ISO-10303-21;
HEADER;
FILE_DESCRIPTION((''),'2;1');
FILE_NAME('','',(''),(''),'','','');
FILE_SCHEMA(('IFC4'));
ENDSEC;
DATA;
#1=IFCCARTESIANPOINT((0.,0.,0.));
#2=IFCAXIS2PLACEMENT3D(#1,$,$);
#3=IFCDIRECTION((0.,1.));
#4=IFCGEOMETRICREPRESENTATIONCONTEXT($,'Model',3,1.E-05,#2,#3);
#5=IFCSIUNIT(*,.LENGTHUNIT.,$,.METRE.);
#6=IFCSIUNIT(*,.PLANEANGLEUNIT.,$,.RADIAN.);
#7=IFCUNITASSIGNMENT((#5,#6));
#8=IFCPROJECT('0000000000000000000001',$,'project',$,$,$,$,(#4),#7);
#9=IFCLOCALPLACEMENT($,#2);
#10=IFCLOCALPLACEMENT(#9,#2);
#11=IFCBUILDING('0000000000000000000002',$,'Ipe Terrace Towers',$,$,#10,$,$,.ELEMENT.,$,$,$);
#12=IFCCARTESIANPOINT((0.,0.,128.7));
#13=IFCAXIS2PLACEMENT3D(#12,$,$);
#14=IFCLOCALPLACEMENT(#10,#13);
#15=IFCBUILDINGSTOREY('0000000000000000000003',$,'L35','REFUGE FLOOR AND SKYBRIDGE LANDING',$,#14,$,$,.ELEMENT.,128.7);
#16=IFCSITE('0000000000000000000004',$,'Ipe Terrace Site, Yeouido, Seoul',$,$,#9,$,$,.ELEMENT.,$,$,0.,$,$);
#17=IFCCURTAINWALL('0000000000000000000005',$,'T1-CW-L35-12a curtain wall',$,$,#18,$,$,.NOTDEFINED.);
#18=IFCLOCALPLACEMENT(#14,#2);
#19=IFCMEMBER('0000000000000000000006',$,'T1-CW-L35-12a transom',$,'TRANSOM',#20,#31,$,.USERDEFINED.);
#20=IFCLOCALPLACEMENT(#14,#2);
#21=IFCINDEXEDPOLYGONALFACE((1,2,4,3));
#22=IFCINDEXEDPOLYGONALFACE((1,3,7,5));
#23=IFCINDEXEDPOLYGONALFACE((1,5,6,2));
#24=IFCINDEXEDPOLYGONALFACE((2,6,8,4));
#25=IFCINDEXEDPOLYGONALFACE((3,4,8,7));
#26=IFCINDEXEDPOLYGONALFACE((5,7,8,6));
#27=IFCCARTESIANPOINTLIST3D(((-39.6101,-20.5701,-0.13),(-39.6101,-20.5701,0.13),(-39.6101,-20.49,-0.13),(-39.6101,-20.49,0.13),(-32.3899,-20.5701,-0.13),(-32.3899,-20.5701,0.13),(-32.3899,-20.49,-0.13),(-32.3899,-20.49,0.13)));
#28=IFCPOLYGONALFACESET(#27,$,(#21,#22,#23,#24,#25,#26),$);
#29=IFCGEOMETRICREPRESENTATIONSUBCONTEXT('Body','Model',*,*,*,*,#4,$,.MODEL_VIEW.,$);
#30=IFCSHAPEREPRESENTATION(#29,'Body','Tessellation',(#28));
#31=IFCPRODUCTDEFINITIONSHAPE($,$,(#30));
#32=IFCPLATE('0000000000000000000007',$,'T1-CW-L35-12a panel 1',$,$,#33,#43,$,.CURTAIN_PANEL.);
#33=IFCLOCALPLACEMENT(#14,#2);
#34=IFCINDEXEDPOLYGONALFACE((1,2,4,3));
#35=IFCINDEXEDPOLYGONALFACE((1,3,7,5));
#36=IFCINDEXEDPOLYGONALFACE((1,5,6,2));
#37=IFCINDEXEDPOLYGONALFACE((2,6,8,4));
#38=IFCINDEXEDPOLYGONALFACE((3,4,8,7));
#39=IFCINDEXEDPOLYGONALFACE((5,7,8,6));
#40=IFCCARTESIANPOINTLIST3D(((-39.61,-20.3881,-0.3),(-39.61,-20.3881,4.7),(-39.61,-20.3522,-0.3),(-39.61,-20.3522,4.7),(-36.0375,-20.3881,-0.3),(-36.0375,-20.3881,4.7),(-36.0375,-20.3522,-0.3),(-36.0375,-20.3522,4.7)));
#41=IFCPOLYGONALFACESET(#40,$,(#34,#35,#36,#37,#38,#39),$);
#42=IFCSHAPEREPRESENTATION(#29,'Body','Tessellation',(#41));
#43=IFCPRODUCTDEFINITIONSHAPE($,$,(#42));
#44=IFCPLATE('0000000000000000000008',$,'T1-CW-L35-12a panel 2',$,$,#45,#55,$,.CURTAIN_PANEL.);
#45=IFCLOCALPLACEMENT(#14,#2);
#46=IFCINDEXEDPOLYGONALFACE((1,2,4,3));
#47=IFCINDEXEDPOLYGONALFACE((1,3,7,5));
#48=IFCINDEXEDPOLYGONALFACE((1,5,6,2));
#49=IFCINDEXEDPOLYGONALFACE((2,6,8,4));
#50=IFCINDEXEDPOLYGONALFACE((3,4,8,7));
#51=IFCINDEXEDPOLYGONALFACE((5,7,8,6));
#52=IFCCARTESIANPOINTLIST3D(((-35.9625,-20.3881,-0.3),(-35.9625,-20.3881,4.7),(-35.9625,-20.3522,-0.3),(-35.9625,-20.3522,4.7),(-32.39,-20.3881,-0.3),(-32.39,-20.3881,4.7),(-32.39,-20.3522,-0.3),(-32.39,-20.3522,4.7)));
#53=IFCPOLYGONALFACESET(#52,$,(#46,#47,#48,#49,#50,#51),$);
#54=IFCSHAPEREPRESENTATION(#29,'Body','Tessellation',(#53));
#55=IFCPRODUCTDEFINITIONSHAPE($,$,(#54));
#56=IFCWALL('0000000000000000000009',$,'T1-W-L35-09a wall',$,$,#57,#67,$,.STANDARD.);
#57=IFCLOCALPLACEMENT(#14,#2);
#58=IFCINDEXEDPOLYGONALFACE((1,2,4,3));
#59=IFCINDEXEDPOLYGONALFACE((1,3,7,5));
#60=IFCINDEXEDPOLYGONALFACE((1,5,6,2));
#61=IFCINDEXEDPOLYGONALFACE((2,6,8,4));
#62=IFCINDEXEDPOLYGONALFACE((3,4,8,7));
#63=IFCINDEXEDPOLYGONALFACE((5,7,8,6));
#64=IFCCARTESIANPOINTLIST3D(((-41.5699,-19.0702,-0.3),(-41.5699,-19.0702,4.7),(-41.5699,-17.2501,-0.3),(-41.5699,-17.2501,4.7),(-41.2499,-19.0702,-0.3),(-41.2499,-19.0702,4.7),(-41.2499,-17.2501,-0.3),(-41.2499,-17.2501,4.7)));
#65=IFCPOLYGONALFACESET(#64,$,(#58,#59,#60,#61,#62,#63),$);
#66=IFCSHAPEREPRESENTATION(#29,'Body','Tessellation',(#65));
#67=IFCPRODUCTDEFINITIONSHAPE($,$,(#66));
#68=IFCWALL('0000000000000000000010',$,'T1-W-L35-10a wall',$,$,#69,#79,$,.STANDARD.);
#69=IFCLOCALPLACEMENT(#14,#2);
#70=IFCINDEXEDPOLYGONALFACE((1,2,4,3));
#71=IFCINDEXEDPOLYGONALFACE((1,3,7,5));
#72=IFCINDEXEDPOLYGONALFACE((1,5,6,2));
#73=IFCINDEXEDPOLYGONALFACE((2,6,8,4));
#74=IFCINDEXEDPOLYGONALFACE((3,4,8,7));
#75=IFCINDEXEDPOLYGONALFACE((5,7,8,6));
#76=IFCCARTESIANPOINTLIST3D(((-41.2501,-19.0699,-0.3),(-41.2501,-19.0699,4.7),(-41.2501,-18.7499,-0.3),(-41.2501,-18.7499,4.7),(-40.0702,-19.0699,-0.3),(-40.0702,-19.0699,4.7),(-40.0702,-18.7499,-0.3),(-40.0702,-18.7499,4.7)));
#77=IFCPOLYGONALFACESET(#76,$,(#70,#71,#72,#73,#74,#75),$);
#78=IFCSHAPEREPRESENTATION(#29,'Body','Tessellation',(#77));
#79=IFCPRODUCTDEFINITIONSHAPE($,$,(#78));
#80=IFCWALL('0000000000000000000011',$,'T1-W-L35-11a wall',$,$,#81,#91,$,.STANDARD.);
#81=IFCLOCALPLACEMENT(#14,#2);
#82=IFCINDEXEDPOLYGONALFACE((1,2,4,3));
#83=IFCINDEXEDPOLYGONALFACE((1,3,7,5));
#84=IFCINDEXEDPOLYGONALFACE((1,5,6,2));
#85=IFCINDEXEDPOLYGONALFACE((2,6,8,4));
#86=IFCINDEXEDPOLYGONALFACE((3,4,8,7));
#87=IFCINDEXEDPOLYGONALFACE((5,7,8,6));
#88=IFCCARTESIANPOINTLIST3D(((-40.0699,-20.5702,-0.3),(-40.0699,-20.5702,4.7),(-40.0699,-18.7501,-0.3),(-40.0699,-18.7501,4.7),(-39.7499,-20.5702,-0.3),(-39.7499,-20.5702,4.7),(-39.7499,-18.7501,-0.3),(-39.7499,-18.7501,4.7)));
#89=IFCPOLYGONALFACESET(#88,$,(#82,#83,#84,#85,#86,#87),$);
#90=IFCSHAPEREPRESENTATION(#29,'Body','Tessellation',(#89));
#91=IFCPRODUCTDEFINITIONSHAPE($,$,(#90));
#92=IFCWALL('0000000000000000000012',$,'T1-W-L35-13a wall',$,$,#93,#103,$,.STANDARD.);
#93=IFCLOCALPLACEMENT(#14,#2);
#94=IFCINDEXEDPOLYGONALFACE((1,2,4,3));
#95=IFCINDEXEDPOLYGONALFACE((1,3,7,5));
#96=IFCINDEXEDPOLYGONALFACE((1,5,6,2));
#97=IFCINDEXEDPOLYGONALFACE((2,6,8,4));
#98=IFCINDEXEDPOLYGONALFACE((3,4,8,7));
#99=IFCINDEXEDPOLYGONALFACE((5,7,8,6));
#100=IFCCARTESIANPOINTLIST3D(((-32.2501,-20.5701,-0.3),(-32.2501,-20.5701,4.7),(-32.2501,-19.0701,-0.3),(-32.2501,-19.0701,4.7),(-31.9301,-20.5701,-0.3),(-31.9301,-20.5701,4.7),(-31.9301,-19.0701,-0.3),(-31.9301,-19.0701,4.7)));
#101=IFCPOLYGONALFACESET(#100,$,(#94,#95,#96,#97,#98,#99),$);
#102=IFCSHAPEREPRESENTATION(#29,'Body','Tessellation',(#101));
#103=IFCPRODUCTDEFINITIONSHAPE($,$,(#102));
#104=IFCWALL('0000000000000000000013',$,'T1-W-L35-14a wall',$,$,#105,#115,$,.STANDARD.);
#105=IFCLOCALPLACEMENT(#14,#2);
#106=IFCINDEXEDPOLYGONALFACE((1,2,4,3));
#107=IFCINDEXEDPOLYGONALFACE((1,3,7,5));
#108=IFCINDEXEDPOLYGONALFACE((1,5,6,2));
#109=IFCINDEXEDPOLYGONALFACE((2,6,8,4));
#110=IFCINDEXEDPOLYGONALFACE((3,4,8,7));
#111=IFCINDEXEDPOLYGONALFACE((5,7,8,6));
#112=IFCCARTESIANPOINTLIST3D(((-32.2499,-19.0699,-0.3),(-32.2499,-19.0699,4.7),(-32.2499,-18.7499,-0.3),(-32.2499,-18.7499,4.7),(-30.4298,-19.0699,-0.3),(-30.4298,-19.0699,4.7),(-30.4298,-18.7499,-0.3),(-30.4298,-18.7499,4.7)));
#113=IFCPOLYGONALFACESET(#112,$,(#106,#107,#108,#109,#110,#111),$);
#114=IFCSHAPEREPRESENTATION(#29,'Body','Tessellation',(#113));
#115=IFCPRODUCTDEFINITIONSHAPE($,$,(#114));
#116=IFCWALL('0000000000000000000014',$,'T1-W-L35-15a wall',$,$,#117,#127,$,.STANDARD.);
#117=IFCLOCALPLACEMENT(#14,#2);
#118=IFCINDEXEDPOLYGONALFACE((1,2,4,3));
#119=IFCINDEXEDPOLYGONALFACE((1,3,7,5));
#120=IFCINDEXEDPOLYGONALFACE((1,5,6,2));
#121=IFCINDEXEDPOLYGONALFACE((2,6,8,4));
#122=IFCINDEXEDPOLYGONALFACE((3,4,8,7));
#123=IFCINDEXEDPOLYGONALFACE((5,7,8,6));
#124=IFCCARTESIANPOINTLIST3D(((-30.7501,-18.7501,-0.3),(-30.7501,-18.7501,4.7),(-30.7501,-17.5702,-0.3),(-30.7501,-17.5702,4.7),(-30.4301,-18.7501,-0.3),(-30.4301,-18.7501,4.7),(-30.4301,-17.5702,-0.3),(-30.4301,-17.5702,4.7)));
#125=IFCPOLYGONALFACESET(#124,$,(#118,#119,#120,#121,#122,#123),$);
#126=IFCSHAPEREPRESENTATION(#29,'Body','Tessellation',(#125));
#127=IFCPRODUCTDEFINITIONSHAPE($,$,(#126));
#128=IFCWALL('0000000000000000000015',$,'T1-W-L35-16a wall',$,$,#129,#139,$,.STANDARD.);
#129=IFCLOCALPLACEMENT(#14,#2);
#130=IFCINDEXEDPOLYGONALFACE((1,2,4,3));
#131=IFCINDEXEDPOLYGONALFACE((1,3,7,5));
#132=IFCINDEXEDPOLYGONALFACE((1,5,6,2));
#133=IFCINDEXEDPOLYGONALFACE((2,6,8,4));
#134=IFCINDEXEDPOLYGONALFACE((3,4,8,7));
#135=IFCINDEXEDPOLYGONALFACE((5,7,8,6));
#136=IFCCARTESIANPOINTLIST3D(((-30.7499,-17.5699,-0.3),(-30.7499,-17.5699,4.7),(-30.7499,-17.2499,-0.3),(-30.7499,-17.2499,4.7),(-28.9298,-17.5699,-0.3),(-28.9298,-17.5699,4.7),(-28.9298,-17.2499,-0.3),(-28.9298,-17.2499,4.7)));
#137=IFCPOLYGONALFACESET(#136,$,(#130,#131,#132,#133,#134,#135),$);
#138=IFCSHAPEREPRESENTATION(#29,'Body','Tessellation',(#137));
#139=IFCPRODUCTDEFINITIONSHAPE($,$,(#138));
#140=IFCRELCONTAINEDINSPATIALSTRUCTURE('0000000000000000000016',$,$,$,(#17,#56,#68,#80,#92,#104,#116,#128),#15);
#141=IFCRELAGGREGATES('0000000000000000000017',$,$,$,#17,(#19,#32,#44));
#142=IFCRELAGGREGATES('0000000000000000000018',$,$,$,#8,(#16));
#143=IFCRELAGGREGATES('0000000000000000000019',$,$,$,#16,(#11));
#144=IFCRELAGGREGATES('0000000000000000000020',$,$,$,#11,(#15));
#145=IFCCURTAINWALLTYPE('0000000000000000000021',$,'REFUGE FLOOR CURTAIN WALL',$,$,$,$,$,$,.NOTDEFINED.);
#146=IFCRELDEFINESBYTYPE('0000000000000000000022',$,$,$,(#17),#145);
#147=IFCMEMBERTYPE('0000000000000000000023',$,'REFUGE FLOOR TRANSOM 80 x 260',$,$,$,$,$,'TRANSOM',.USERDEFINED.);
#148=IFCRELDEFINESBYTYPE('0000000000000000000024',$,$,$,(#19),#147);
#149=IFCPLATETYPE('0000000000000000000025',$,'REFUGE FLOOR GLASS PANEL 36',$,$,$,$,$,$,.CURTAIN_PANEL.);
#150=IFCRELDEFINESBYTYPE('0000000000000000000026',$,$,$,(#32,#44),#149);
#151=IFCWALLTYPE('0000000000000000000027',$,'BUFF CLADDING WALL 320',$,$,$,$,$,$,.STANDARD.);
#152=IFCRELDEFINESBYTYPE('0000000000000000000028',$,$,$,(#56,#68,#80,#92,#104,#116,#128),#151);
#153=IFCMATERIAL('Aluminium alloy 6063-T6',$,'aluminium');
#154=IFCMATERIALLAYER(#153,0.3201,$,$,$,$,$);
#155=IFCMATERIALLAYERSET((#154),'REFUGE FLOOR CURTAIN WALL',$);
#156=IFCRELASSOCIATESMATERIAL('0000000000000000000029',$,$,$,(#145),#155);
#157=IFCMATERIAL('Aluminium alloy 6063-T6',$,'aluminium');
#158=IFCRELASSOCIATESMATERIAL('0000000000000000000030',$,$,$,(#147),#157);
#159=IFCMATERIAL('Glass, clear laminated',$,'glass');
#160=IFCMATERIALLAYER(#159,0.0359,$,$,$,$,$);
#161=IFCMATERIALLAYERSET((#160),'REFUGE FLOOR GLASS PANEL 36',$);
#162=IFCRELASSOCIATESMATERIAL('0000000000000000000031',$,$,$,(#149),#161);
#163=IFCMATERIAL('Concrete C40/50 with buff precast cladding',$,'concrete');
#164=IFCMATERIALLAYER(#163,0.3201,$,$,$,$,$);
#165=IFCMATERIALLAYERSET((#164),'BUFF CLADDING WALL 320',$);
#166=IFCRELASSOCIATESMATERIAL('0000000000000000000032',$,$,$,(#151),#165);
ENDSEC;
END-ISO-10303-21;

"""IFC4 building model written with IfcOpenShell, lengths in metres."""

from ifc_helpers import new_model, si_unit, direction, frame, frame_2d, origin, origin_2d, place, context, subcontext, project, spatial, rectangle, extrude, material, layer, layer_set, material_profile, profile_set, type_object, element, aggregate, save


model = new_model("IFC4")

# Units and contexts
model_context = context("Model", 3, precision=1e-05, world=origin(), true_north=direction((0.0, 1.0)))
body_context = subcontext(model_context, "Body", "Model", "MODEL_VIEW")
ifc_project = project(units=[si_unit("LENGTHUNIT", "METRE"), si_unit("PLANEANGLEUNIT", "RADIAN")], contexts=[model_context])

# Site, building, storey
site_placement = place(None, origin())
site = spatial("IfcSite", under=ifc_project, at=site_placement, Name="Ipe Terrace Site, Yeouido, Seoul", CompositionType="ELEMENT", RefElevation=0.0)
building_placement = place(site_placement, origin())
building = spatial("IfcBuilding", under=site, at=building_placement, Name="Ipe Terrace Towers", CompositionType="ELEMENT")
storey_placement = place(building_placement, frame((0.0, 0.0, 128.7)))
storey = spatial("IfcBuildingStorey", under=building, at=storey_placement, Name="L35", Description="REFUGE FLOOR AND SKYBRIDGE LANDING", CompositionType="ELEMENT", Elevation=128.7)

# Curtain wall, member, plates
ifc_material_1 = material(Name="Aluminium alloy 6063-T6", Category="aluminium")
ifc_layer_1 = layer(ifc_material_1, 0.3201)
ifc_layer_set_1 = layer_set([ifc_layer_1], Name="REFUGE FLOOR CURTAIN WALL")
curtain_wall_type = type_object("IfcCurtainWallType", Name="REFUGE FLOOR CURTAIN WALL", PredefinedType="NOTDEFINED", material=ifc_layer_set_1)
curtain_wall_placement = place(storey_placement, origin())
curtain_wall = element("IfcCurtainWall", 1, at=curtain_wall_placement, inside=storey, type_object=curtain_wall_type, Name="T1-CW-L35-12a curtain wall", PredefinedType="NOTDEFINED")
ifc_material_2 = material(Name="Aluminium alloy 6063-T6", Category="aluminium")
ifc_material_profile_1 = material_profile(ifc_material_2, rectangle(XDim=0.0801, YDim=0.26, at=origin_2d()), Name="REFUGE FLOOR TRANSOM 80 x 260")
ifc_profile_set_1 = profile_set([ifc_material_profile_1], Name="Aluminium alloy 6063-T6")
member_type_1 = type_object("IfcMemberType", Name="REFUGE FLOOR TRANSOM 80 x 260", ElementType="TRANSOM", PredefinedType="USERDEFINED", material=ifc_profile_set_1)
member_1_placement = place(storey_placement, frame((-39.6101, -20.53, 0.0), z_axis=(1.0, 0.0, 0.0), x_axis=(0.0, -1.0, 0.0)))
member_1 = element("IfcMember", 2, at=member_1_placement, type_object=member_type_1, Name="T1-CW-L35-12a transom", ObjectType="TRANSOM", PredefinedType="USERDEFINED", context=body_context, shape_type="SweptSolid", body=[
    extrude(rectangle(XDim=0.0801, YDim=0.26, at=origin_2d()), origin(), (0.0, 0.0, 1.0), 7.2202),
])
ifc_material_3 = material(Name="Glass, clear laminated", Category="glass")
ifc_layer_2 = layer(ifc_material_3, 0.0359)
ifc_layer_set_2 = layer_set([ifc_layer_2], Name="REFUGE FLOOR GLASS PANEL 36")
plate_type = type_object("IfcPlateType", Name="REFUGE FLOOR GLASS PANEL 36", PredefinedType="CURTAIN_PANEL", material=ifc_layer_set_2)
plate_1_placement = place(storey_placement, frame((-37.8237, -20.3701, -0.3), z_axis=(0.0, 0.0, 1.0), x_axis=(1.0, 0.0, 0.0)))
plate_1 = element("IfcPlate", 3, at=plate_1_placement, type_object=plate_type, Name="T1-CW-L35-12a panel 1", PredefinedType="CURTAIN_PANEL", context=body_context, shape_type="SweptSolid", body=[
    extrude(rectangle(XDim=3.5725, YDim=0.0359, at=origin_2d()), origin(), (0.0, 0.0, 1.0), 5.0),
])
plate_2_placement = place(storey_placement, frame((-34.1763, -20.3701, -0.3), z_axis=(0.0, 0.0, 1.0), x_axis=(1.0, 0.0, 0.0)))
plate_2 = element("IfcPlate", 4, at=plate_2_placement, type_object=plate_type, Name="T1-CW-L35-12a panel 2", PredefinedType="CURTAIN_PANEL", context=body_context, shape_type="SweptSolid", body=[
    extrude(rectangle(XDim=3.5725, YDim=0.0359, at=origin_2d()), origin(), (0.0, 0.0, 1.0), 5.0),
])
aggregate(curtain_wall, [member_1, plate_1, plate_2])

# Walls
ifc_material_4 = material(Name="Concrete C40/50 with buff precast cladding", Category="concrete")
ifc_layer_3 = layer(ifc_material_4, 0.3201)
ifc_layer_set_3 = layer_set([ifc_layer_3], Name="BUFF CLADDING WALL 320")
wall_type_1 = type_object("IfcWallType", Name="BUFF CLADDING WALL 320", PredefinedType="STANDARD", material=ifc_layer_set_3)
wall_1_placement = place(storey_placement, frame((-41.4099, -17.25, -0.3), z_axis=(0.0, 0.0, 1.0), x_axis=(0.0, -1.0, 0.0)))
element("IfcWall", 5, at=wall_1_placement, inside=storey, type_object=wall_type_1, Name="T1-W-L35-09a wall", PredefinedType="STANDARD", context=body_context, shape_type="SweptSolid", body=[
    extrude(rectangle(XDim=1.8201, YDim=0.3201, at=frame_2d((0.9102, 0.0))), origin(), (0.0, 0.0, 1.0), 5.0),
])
wall_2_placement = place(storey_placement, frame((-41.25, -18.9099, -0.3), z_axis=(0.0, 0.0, 1.0), x_axis=(1.0, 0.0, 0.0)))
element("IfcWall", 6, at=wall_2_placement, inside=storey, type_object=wall_type_1, Name="T1-W-L35-10a wall", PredefinedType="STANDARD", context=body_context, shape_type="SweptSolid", body=[
    extrude(rectangle(XDim=1.1799, YDim=0.3201, at=frame_2d((0.5898, 0.0))), origin(), (0.0, 0.0, 1.0), 5.0),
])
wall_3_placement = place(storey_placement, frame((-39.9099, -18.75, -0.3), z_axis=(0.0, 0.0, 1.0), x_axis=(0.0, -1.0, 0.0)))
element("IfcWall", 7, at=wall_3_placement, inside=storey, type_object=wall_type_1, Name="T1-W-L35-11a wall", PredefinedType="STANDARD", context=body_context, shape_type="SweptSolid", body=[
    extrude(rectangle(XDim=1.8201, YDim=0.3201, at=frame_2d((0.9102, 0.0))), origin(), (0.0, 0.0, 1.0), 5.0),
])
wall_4_placement = place(storey_placement, frame((-32.0901, -20.5701, -0.3), z_axis=(0.0, 0.0, 1.0), x_axis=(0.0, 1.0, 0.0)))
element("IfcWall", 8, at=wall_4_placement, inside=storey, type_object=wall_type_1, Name="T1-W-L35-13a wall", PredefinedType="STANDARD", context=body_context, shape_type="SweptSolid", body=[
    extrude(rectangle(XDim=1.5, YDim=0.3201, at=frame_2d((0.75, 0.0))), origin(), (0.0, 0.0, 1.0), 5.0),
])
wall_5_placement = place(storey_placement, frame((-32.25, -18.9099, -0.3), z_axis=(0.0, 0.0, 1.0), x_axis=(1.0, 0.0, 0.0)))
element("IfcWall", 9, at=wall_5_placement, inside=storey, type_object=wall_type_1, Name="T1-W-L35-14a wall", PredefinedType="STANDARD", context=body_context, shape_type="SweptSolid", body=[
    extrude(rectangle(XDim=1.8201, YDim=0.3201, at=frame_2d((0.9102, 0.0))), origin(), (0.0, 0.0, 1.0), 5.0),
])
wall_6_placement = place(storey_placement, frame((-30.5901, -18.75, -0.3), z_axis=(0.0, 0.0, 1.0), x_axis=(0.0, 1.0, 0.0)))
element("IfcWall", 10, at=wall_6_placement, inside=storey, type_object=wall_type_1, Name="T1-W-L35-15a wall", PredefinedType="STANDARD", context=body_context, shape_type="SweptSolid", body=[
    extrude(rectangle(XDim=1.1799, YDim=0.3201, at=frame_2d((0.5898, 0.0))), origin(), (0.0, 0.0, 1.0), 5.0),
])
wall_7_placement = place(storey_placement, frame((-30.75, -17.4099, -0.3), z_axis=(0.0, 0.0, 1.0), x_axis=(1.0, 0.0, 0.0)))
element("IfcWall", 11, at=wall_7_placement, inside=storey, type_object=wall_type_1, Name="T1-W-L35-16a wall", PredefinedType="STANDARD", context=body_context, shape_type="SweptSolid", body=[
    extrude(rectangle(XDim=1.8201, YDim=0.3201, at=frame_2d((0.9102, 0.0))), origin(), (0.0, 0.0, 1.0), 5.0),
])

save(model, "model.ifc")
